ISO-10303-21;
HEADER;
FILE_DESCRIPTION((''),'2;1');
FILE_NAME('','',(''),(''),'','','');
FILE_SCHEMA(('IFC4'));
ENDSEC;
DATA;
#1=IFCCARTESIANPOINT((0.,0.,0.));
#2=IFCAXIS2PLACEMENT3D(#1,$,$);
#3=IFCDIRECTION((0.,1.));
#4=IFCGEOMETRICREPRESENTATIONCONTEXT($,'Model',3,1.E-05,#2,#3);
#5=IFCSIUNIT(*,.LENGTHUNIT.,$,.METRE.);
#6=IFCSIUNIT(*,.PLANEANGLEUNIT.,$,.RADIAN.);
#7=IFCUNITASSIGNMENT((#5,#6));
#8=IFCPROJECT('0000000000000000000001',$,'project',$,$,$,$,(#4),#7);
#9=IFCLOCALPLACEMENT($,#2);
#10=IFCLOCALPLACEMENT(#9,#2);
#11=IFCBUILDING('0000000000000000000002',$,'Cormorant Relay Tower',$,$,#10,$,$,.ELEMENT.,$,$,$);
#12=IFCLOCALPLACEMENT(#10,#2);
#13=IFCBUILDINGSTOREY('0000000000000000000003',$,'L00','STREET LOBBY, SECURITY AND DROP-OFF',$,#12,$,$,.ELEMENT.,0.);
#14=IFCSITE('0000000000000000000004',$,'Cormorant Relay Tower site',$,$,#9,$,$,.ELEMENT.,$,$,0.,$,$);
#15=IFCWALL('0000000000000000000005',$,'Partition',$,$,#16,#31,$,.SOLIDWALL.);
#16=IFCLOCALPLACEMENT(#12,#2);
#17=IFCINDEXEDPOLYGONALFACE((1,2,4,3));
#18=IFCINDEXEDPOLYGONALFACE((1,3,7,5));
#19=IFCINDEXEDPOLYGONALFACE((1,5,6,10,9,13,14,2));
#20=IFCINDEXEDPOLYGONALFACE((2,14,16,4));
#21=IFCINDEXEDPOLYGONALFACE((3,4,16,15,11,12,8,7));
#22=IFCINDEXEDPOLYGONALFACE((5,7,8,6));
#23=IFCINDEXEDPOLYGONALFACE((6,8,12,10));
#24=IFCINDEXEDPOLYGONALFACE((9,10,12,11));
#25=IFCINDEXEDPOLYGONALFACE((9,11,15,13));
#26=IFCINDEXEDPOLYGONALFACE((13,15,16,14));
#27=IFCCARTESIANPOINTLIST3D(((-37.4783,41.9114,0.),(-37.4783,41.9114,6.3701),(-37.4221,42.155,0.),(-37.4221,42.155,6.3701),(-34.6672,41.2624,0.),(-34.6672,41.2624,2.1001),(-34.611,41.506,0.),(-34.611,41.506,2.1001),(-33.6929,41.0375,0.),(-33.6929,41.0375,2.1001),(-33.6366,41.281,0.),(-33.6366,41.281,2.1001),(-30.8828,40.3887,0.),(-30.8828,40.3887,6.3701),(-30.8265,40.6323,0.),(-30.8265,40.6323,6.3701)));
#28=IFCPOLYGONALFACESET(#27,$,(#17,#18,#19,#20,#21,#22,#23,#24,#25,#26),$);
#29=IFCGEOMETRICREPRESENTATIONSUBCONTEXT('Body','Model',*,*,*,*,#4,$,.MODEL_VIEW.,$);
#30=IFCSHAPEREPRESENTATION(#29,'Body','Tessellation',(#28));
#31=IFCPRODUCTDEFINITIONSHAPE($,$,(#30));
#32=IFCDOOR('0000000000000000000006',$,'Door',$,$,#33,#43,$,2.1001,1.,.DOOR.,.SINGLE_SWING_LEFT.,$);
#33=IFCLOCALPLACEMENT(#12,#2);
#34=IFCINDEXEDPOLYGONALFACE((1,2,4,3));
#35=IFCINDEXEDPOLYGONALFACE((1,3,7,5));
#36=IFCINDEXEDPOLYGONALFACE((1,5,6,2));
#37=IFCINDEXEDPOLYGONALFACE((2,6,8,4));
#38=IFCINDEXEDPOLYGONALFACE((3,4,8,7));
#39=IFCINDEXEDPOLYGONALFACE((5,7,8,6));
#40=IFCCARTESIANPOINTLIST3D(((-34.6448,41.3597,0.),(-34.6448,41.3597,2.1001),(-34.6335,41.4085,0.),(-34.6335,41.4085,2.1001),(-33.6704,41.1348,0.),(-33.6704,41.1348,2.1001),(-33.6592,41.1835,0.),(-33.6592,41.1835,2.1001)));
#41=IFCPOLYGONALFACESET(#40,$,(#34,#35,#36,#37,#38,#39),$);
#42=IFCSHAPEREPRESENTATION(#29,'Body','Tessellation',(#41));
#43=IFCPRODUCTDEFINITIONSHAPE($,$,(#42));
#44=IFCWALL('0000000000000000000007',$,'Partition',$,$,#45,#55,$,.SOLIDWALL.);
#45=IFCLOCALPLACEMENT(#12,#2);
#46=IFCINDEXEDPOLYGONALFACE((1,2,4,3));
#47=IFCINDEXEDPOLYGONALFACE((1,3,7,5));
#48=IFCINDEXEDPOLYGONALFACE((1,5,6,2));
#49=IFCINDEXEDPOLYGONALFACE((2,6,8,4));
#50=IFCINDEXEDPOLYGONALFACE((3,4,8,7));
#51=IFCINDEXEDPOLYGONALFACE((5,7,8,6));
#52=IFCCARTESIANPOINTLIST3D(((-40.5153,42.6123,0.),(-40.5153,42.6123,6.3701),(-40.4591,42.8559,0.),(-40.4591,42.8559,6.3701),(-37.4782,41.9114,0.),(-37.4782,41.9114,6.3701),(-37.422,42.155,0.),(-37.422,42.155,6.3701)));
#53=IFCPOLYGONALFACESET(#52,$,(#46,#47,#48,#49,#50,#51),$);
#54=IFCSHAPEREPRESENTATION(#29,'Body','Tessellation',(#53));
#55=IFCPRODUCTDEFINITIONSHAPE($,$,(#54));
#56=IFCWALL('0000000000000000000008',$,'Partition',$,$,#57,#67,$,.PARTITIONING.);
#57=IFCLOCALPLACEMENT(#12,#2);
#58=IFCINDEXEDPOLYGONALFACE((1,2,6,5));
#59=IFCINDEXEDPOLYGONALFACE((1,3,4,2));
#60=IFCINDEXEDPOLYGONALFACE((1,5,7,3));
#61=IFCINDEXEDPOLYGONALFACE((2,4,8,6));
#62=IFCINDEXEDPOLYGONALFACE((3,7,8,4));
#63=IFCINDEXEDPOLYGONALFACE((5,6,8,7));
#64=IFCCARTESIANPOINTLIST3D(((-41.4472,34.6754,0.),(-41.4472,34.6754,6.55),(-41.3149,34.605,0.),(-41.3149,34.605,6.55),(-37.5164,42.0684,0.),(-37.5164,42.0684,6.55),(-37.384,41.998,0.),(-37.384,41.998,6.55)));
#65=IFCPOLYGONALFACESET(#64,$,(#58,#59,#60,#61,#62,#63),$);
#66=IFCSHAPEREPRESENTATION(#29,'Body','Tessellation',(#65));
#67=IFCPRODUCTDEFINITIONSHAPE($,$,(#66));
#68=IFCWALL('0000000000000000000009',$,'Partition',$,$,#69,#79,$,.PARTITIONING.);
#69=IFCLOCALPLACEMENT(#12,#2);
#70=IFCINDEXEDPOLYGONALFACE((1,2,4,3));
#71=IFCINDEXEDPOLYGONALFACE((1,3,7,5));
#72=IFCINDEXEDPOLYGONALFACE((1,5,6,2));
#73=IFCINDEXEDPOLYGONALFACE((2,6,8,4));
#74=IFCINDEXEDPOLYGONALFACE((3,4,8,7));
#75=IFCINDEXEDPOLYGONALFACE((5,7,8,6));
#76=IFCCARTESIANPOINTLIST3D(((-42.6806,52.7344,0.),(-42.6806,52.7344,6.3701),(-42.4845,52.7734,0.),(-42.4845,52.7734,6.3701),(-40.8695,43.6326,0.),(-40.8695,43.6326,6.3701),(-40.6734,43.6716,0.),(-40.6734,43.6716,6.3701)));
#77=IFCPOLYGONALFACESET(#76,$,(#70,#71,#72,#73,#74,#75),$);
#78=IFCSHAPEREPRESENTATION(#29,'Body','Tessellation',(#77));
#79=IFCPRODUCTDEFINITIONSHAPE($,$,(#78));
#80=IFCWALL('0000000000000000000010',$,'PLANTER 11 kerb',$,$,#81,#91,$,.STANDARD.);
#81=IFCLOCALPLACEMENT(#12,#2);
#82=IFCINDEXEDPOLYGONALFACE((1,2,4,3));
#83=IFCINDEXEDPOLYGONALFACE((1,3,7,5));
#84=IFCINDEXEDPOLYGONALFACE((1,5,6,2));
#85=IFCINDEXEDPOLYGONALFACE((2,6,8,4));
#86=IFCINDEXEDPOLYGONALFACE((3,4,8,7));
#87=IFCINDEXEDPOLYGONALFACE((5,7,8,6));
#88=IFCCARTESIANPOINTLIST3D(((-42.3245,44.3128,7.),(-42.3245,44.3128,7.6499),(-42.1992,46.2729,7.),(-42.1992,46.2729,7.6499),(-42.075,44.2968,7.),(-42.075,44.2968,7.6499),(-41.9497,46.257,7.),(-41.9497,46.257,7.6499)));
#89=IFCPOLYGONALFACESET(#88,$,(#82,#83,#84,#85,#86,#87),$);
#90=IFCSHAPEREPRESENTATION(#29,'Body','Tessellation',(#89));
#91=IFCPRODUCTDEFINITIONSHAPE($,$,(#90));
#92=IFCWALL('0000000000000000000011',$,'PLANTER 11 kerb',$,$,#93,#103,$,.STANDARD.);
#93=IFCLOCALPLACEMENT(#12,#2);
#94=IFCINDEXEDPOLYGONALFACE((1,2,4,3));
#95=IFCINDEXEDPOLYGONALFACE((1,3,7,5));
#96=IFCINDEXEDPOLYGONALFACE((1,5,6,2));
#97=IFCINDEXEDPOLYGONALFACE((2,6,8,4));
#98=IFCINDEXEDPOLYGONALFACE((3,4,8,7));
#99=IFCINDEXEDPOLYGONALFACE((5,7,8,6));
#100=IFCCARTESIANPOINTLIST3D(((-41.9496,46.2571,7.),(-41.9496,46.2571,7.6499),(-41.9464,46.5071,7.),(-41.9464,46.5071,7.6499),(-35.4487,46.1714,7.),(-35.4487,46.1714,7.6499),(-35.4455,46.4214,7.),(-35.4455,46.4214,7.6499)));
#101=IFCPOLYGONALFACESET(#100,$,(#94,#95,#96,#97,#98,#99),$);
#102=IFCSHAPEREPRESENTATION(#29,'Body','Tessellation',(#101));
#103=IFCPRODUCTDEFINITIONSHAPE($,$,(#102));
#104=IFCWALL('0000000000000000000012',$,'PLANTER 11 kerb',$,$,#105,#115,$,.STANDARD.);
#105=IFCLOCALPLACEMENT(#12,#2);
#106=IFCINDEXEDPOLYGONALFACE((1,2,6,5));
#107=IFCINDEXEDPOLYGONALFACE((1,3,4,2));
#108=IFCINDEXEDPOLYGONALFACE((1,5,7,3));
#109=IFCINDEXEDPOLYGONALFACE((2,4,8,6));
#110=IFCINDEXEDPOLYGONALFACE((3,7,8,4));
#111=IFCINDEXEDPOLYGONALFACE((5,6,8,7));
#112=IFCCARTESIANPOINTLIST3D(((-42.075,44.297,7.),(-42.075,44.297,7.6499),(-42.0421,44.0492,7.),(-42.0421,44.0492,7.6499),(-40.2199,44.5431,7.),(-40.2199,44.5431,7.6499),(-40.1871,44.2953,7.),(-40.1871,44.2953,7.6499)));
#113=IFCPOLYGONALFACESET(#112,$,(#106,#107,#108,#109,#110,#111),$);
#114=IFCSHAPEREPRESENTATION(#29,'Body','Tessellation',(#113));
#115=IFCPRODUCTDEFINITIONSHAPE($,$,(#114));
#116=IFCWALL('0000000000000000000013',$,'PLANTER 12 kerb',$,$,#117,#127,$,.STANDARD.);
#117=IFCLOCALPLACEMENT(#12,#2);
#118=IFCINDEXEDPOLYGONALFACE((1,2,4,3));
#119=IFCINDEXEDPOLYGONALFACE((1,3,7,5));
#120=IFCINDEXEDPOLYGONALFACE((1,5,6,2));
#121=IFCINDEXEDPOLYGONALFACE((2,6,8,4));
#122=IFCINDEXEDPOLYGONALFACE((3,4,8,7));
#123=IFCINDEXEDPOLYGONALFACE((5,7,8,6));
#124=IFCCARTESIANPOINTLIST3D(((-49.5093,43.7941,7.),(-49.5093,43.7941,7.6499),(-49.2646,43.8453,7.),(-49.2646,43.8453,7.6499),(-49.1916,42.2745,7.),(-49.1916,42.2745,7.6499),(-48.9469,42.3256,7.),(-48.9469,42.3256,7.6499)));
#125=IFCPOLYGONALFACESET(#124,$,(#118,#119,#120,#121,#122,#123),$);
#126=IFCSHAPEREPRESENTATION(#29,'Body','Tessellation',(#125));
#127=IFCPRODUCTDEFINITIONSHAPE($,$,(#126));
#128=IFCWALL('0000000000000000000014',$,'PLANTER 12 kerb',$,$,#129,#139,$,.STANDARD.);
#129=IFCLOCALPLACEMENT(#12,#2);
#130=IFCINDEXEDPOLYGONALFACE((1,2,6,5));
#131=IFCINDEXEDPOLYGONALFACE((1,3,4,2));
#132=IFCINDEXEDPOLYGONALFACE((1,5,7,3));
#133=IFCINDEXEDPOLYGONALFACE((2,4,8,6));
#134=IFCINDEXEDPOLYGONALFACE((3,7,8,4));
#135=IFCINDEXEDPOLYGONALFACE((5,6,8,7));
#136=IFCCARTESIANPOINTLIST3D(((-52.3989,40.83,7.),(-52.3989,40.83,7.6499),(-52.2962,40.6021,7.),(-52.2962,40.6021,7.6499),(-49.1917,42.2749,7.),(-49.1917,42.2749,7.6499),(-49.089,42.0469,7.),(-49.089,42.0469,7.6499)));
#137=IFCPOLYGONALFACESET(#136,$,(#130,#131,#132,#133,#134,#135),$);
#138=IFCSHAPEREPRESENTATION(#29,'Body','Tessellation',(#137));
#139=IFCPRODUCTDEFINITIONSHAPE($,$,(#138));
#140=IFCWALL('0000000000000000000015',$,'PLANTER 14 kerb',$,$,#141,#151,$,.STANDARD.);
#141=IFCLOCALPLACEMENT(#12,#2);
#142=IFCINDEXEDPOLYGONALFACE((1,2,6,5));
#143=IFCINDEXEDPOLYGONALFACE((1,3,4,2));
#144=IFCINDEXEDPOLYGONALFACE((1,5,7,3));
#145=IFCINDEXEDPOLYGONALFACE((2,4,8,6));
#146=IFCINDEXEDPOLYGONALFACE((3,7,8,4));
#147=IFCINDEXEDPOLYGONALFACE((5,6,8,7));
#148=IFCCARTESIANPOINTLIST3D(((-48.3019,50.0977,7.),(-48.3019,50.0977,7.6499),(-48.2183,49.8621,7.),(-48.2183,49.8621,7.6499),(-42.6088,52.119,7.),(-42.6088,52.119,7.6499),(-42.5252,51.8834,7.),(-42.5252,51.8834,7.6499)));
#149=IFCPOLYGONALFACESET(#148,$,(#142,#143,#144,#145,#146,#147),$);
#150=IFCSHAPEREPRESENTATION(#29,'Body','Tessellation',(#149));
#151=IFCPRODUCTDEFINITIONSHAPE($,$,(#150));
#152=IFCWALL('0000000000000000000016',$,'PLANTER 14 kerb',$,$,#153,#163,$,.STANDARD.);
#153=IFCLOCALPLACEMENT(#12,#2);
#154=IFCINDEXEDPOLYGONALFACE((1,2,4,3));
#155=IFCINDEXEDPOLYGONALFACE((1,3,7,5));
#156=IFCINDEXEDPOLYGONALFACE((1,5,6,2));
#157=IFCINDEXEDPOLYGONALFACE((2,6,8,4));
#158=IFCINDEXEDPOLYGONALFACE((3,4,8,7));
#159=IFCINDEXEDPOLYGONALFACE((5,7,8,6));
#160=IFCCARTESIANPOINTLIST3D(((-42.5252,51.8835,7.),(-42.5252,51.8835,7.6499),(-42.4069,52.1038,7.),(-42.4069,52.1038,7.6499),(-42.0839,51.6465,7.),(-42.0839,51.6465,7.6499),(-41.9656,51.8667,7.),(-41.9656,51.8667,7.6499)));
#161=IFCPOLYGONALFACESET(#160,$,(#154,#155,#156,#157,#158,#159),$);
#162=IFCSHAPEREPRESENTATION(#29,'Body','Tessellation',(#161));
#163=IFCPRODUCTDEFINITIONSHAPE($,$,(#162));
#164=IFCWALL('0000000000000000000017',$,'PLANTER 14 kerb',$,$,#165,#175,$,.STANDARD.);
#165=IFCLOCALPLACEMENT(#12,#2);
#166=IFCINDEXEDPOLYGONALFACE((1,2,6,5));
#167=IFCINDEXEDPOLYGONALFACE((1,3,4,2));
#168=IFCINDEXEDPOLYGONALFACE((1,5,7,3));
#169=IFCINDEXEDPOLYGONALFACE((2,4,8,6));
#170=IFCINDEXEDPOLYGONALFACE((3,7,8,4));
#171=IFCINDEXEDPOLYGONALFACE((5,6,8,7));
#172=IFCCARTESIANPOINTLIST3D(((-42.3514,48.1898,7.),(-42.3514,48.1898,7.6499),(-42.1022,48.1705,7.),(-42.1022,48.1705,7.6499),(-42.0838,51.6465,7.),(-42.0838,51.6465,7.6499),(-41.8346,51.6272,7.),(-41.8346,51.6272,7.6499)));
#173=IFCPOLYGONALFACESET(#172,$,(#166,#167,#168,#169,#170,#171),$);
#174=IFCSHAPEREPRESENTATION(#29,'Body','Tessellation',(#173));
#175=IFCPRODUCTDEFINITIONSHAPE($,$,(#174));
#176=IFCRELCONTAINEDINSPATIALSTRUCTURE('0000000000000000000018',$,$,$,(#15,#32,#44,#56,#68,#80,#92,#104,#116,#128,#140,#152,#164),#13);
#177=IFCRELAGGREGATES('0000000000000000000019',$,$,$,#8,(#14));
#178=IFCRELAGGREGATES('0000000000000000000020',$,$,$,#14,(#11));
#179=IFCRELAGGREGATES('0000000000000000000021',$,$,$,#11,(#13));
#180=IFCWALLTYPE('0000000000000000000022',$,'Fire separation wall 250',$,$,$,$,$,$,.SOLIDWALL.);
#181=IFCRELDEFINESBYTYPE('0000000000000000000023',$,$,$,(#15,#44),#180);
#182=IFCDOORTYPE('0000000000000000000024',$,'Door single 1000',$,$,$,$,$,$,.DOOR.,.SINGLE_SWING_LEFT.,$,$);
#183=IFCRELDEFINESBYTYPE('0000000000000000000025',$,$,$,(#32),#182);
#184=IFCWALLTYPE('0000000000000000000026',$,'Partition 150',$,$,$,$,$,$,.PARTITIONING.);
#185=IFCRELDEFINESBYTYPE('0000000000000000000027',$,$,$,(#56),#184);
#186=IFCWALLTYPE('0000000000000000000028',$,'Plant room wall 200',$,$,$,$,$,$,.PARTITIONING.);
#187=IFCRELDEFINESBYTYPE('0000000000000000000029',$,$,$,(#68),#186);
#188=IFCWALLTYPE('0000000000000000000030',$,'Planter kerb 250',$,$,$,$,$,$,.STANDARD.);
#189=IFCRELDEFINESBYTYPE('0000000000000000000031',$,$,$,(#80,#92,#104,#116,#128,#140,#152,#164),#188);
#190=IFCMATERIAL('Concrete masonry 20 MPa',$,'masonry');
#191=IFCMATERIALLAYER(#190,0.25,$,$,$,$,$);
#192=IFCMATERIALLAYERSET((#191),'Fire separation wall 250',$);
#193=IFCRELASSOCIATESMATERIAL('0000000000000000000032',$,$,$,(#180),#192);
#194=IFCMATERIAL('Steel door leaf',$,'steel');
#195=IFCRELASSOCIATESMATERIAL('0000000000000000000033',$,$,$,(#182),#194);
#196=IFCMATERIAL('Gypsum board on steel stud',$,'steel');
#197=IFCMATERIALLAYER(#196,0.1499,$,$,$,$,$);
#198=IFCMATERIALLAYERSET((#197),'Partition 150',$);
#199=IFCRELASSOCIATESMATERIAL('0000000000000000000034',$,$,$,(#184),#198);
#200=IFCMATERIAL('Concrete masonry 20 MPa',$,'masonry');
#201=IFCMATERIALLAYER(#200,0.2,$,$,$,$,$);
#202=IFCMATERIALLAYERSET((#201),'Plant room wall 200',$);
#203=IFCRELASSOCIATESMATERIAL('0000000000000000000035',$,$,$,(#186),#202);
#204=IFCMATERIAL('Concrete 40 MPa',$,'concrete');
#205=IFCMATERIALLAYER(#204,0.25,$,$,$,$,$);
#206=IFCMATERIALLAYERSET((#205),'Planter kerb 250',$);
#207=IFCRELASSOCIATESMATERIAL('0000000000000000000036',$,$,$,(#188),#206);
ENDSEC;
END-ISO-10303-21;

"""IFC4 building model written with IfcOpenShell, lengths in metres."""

from ifc_helpers import new_model, si_unit, direction, frame, frame_2d, origin, place, context, subcontext, project, spatial, rectangle, extrude, material, layer, layer_set, type_object, element, fill, save


model = new_model("IFC4")

# Units and contexts
model_context = context("Model", 3, precision=1e-05, world=origin(), true_north=direction((0.0, 1.0)))
body_context = subcontext(model_context, "Body", "Model", "MODEL_VIEW")
ifc_project = project(units=[si_unit("LENGTHUNIT", "METRE"), si_unit("PLANEANGLEUNIT", "RADIAN")], contexts=[model_context])

# Site, building, storey
site_placement = place(None, origin())
site = spatial("IfcSite", under=ifc_project, at=site_placement, Name="Cormorant Relay Tower site", CompositionType="ELEMENT", RefElevation=0.0)
building_placement = place(site_placement, origin())
building = spatial("IfcBuilding", under=site, at=building_placement, Name="Cormorant Relay Tower", CompositionType="ELEMENT")
storey_placement = place(building_placement, origin())
storey = spatial("IfcBuildingStorey", under=building, at=storey_placement, Name="L00", Description="STREET LOBBY, SECURITY AND DROP-OFF", CompositionType="ELEMENT", Elevation=0.0)

# Wall, opening, door
ifc_material_1 = material(Name="Concrete masonry 20 MPa", Category="masonry")
ifc_layer_1 = layer(ifc_material_1, 0.25)
ifc_layer_set_1 = layer_set([ifc_layer_1], Name="Fire separation wall 250")
wall_type_1 = type_object("IfcWallType", Name="Fire separation wall 250", PredefinedType="SOLIDWALL", material=ifc_layer_set_1)
wall_1_placement = place(storey_placement, frame((-37.4502, 42.0332, 0.0), z_axis=(0.0, 0.0, 1.0), x_axis=(0.974369, -0.224954, 0.0)))
wall_1 = element("IfcWall", 1, at=wall_1_placement, inside=storey, type_object=wall_type_1, Name="Partition", PredefinedType="SOLIDWALL", context=body_context, shape_type="SweptSolid", body=[
    extrude(rectangle(XDim=6.769, YDim=0.25, at=frame_2d((3.3845, 0.0))), origin(), (0.0, 0.0, 1.0), 6.3701),
])
opening_1_placement = place(wall_1_placement, frame((2.885, 0.0, 0.0)))
opening_1 = element("IfcOpeningElement", 2, at=opening_1_placement, cuts=wall_1, PredefinedType="OPENING", context=body_context, shape_type="SweptSolid", body=[
    extrude(rectangle(XDim=1.0, YDim=2.1001, at=frame_2d((0.5, 1.05))), frame((0.0, 0.135, 0.0), z_axis=(0.0, -1.0, 0.0), x_axis=(1.0, 0.0, 0.0)), (0.0, 0.0, 1.0), 0.27),
])
ifc_material_2 = material(Name="Steel door leaf", Category="steel")
door_type_1 = type_object("IfcDoorType", Name="Door single 1000", OperationType="SINGLE_SWING_LEFT", PredefinedType="DOOR", material=ifc_material_2)
door_1_placement = place(opening_1_placement, origin())
door_1 = element("IfcDoor", 3, at=door_1_placement, inside=storey, type_object=door_type_1, Name="Door", OperationType="SINGLE_SWING_LEFT", OverallHeight=2.1001, OverallWidth=1.0, PredefinedType="DOOR", context=body_context, shape_type="SweptSolid", body=[
    extrude(rectangle(XDim=1.0, YDim=2.1001, at=frame_2d((0.5, 1.05))), frame((0.0, 0.0249, 0.0), z_axis=(0.0, -1.0, 0.0), x_axis=(1.0, 0.0, 0.0)), (0.0, 0.0, 1.0), 0.05),
])
fill(opening_1, door_1)

# Walls
wall_2_placement = place(storey_placement, frame((-40.4873, 42.7341, 0.0), z_axis=(0.0, 0.0, 1.0), x_axis=(0.974387, -0.224877, 0.0)))
element("IfcWall", 4, at=wall_2_placement, inside=storey, type_object=wall_type_1, Name="Partition", PredefinedType="SOLIDWALL", context=body_context, shape_type="SweptSolid", body=[
    extrude(rectangle(XDim=3.1169, YDim=0.25, at=frame_2d((1.5586, 0.0))), origin(), (0.0, 0.0, 1.0), 6.3701),
])
ifc_material_3 = material(Name="Gypsum board on steel stud", Category="steel")
ifc_layer_2 = layer(ifc_material_3, 0.1499)
ifc_layer_set_2 = layer_set([ifc_layer_2], Name="Partition 150")
wall_type_2 = type_object("IfcWallType", Name="Partition 150", PredefinedType="PARTITIONING", material=ifc_layer_set_2)
wall_3_placement = place(storey_placement, frame((-37.4502, 42.0332, 0.0), z_axis=(0.0, 0.0, 1.0), x_axis=(-0.469466, -0.88295, 0.0)))
element("IfcWall", 5, at=wall_3_placement, inside=storey, type_object=wall_type_2, Name="Partition", PredefinedType="PARTITIONING", context=body_context, shape_type="SweptSolid", body=[
    extrude(rectangle(XDim=8.373, YDim=0.1499, at=frame_2d((4.1865, 0.0))), origin(), (0.0, 0.0, 1.0), 6.55),
])
ifc_material_4 = material(Name="Concrete masonry 20 MPa", Category="masonry")
ifc_layer_3 = layer(ifc_material_4, 0.2)
ifc_layer_set_3 = layer_set([ifc_layer_3], Name="Plant room wall 200")
wall_type_3 = type_object("IfcWallType", Name="Plant room wall 200", PredefinedType="PARTITIONING", material=ifc_layer_set_3)
wall_4_placement = place(storey_placement, frame((-42.5825, 52.7539, 0.0), z_axis=(0.0, 0.0, 1.0), x_axis=(0.19515, -0.980773, 0.0)))
element("IfcWall", 6, at=wall_4_placement, inside=storey, type_object=wall_type_3, Name="Partition", PredefinedType="PARTITIONING", context=body_context, shape_type="SweptSolid", body=[
    extrude(rectangle(XDim=9.2803, YDim=0.2, at=frame_2d((4.6401, 0.0))), origin(), (0.0, 0.0, 1.0), 6.3701),
])
ifc_material_5 = material(Name="Concrete 40 MPa", Category="concrete")
ifc_layer_4 = layer(ifc_material_5, 0.25)
ifc_layer_set_4 = layer_set([ifc_layer_4], Name="Planter kerb 250")
wall_type_4 = type_object("IfcWallType", Name="Planter kerb 250", PredefinedType="STANDARD", material=ifc_layer_set_4)
wall_5_placement = place(storey_placement, frame((-42.1997, 44.3049, 7.0), z_axis=(0.0, 0.0, 1.0), x_axis=(0.063763, 0.997965, 0.0)))
element("IfcWall", 7, at=wall_5_placement, inside=storey, type_object=wall_type_4, Name="PLANTER 11 kerb", PredefinedType="STANDARD", context=body_context, shape_type="SweptSolid", body=[
    extrude(rectangle(XDim=1.9641, YDim=0.25, at=frame_2d((0.9819, 0.0))), origin(), (0.0, 0.0, 1.0), 0.6499),
])
wall_6_placement = place(storey_placement, frame((-41.948, 46.3821, 7.0), z_axis=(0.0, 0.0, 1.0), x_axis=(0.999913, -0.01318, 0.0)))
element("IfcWall", 8, at=wall_6_placement, inside=storey, type_object=wall_type_4, Name="PLANTER 11 kerb", PredefinedType="STANDARD", context=body_context, shape_type="SweptSolid", body=[
    extrude(rectangle(XDim=6.5015, YDim=0.25, at=frame_2d((3.2507, 0.0))), origin(), (0.0, 0.0, 1.0), 0.6499),
])
wall_7_placement = place(storey_placement, frame((-40.2036, 44.4192, 7.0), z_axis=(0.0, 0.0, 1.0), x_axis=(-0.991314, -0.131514, 0.0)))
element("IfcWall", 9, at=wall_7_placement, inside=storey, type_object=wall_type_4, Name="PLANTER 11 kerb", PredefinedType="STANDARD", context=body_context, shape_type="SweptSolid", body=[
    extrude(rectangle(XDim=1.8713, YDim=0.25, at=frame_2d((0.9355, 0.0))), origin(), (0.0, 0.0, 1.0), 0.6499),
])
wall_8_placement = place(storey_placement, frame((-49.387, 43.8198, 7.0), z_axis=(0.0, 0.0, 1.0), x_axis=(0.204607, -0.978844, 0.0)))
element("IfcWall", 10, at=wall_8_placement, inside=storey, type_object=wall_type_4, Name="PLANTER 12 kerb", PredefinedType="STANDARD", context=body_context, shape_type="SweptSolid", body=[
    extrude(rectangle(XDim=1.5525, YDim=0.25, at=frame_2d((0.7764, 0.0))), origin(), (0.0, 0.0, 1.0), 0.6499),
])
wall_9_placement = place(storey_placement, frame((-49.1404, 42.1609, 7.0), z_axis=(0.0, 0.0, 1.0), x_axis=(-0.911745, -0.410757, 0.0)))
element("IfcWall", 11, at=wall_9_placement, inside=storey, type_object=wall_type_4, Name="PLANTER 12 kerb", PredefinedType="STANDARD", context=body_context, shape_type="SweptSolid", body=[
    extrude(rectangle(XDim=3.5176, YDim=0.25, at=frame_2d((1.7588, 0.0))), origin(), (0.0, 0.0, 1.0), 0.6499),
])
wall_10_placement = place(storey_placement, frame((-48.26, 49.98, 7.0), z_axis=(0.0, 0.0, 1.0), x_axis=(0.94237, 0.334572, 0.0)))
element("IfcWall", 12, at=wall_10_placement, inside=storey, type_object=wall_type_4, Name="PLANTER 14 kerb", PredefinedType="STANDARD", context=body_context, shape_type="SweptSolid", body=[
    extrude(rectangle(XDim=6.0413, YDim=0.25, at=frame_2d((3.0205, 0.0))), origin(), (0.0, 0.0, 1.0), 0.6499),
])
wall_11_placement = place(storey_placement, frame((-42.4661, 51.9937, 7.0), z_axis=(0.0, 0.0, 1.0), x_axis=(0.880987, -0.473141, 0.0)))
element("IfcWall", 13, at=wall_11_placement, inside=storey, type_object=wall_type_4, Name="PLANTER 14 kerb", PredefinedType="STANDARD", context=body_context, shape_type="SweptSolid", body=[
    extrude(rectangle(XDim=0.501, YDim=0.25, at=frame_2d((0.2505, 0.0))), origin(), (0.0, 0.0, 1.0), 0.6499),
])
wall_12_placement = place(storey_placement, frame((-41.9592, 51.6367, 7.0), z_axis=(0.0, 0.0, 1.0), x_axis=(-0.077176, -0.997018, 0.0)))
element("IfcWall", 14, at=wall_12_placement, inside=storey, type_object=wall_type_4, Name="PLANTER 14 kerb", PredefinedType="STANDARD", context=body_context, shape_type="SweptSolid", body=[
    extrude(rectangle(XDim=3.467, YDim=0.25, at=frame_2d((1.7334, 0.0))), origin(), (0.0, 0.0, 1.0), 0.6499),
])

save(model, "model.ifc")
